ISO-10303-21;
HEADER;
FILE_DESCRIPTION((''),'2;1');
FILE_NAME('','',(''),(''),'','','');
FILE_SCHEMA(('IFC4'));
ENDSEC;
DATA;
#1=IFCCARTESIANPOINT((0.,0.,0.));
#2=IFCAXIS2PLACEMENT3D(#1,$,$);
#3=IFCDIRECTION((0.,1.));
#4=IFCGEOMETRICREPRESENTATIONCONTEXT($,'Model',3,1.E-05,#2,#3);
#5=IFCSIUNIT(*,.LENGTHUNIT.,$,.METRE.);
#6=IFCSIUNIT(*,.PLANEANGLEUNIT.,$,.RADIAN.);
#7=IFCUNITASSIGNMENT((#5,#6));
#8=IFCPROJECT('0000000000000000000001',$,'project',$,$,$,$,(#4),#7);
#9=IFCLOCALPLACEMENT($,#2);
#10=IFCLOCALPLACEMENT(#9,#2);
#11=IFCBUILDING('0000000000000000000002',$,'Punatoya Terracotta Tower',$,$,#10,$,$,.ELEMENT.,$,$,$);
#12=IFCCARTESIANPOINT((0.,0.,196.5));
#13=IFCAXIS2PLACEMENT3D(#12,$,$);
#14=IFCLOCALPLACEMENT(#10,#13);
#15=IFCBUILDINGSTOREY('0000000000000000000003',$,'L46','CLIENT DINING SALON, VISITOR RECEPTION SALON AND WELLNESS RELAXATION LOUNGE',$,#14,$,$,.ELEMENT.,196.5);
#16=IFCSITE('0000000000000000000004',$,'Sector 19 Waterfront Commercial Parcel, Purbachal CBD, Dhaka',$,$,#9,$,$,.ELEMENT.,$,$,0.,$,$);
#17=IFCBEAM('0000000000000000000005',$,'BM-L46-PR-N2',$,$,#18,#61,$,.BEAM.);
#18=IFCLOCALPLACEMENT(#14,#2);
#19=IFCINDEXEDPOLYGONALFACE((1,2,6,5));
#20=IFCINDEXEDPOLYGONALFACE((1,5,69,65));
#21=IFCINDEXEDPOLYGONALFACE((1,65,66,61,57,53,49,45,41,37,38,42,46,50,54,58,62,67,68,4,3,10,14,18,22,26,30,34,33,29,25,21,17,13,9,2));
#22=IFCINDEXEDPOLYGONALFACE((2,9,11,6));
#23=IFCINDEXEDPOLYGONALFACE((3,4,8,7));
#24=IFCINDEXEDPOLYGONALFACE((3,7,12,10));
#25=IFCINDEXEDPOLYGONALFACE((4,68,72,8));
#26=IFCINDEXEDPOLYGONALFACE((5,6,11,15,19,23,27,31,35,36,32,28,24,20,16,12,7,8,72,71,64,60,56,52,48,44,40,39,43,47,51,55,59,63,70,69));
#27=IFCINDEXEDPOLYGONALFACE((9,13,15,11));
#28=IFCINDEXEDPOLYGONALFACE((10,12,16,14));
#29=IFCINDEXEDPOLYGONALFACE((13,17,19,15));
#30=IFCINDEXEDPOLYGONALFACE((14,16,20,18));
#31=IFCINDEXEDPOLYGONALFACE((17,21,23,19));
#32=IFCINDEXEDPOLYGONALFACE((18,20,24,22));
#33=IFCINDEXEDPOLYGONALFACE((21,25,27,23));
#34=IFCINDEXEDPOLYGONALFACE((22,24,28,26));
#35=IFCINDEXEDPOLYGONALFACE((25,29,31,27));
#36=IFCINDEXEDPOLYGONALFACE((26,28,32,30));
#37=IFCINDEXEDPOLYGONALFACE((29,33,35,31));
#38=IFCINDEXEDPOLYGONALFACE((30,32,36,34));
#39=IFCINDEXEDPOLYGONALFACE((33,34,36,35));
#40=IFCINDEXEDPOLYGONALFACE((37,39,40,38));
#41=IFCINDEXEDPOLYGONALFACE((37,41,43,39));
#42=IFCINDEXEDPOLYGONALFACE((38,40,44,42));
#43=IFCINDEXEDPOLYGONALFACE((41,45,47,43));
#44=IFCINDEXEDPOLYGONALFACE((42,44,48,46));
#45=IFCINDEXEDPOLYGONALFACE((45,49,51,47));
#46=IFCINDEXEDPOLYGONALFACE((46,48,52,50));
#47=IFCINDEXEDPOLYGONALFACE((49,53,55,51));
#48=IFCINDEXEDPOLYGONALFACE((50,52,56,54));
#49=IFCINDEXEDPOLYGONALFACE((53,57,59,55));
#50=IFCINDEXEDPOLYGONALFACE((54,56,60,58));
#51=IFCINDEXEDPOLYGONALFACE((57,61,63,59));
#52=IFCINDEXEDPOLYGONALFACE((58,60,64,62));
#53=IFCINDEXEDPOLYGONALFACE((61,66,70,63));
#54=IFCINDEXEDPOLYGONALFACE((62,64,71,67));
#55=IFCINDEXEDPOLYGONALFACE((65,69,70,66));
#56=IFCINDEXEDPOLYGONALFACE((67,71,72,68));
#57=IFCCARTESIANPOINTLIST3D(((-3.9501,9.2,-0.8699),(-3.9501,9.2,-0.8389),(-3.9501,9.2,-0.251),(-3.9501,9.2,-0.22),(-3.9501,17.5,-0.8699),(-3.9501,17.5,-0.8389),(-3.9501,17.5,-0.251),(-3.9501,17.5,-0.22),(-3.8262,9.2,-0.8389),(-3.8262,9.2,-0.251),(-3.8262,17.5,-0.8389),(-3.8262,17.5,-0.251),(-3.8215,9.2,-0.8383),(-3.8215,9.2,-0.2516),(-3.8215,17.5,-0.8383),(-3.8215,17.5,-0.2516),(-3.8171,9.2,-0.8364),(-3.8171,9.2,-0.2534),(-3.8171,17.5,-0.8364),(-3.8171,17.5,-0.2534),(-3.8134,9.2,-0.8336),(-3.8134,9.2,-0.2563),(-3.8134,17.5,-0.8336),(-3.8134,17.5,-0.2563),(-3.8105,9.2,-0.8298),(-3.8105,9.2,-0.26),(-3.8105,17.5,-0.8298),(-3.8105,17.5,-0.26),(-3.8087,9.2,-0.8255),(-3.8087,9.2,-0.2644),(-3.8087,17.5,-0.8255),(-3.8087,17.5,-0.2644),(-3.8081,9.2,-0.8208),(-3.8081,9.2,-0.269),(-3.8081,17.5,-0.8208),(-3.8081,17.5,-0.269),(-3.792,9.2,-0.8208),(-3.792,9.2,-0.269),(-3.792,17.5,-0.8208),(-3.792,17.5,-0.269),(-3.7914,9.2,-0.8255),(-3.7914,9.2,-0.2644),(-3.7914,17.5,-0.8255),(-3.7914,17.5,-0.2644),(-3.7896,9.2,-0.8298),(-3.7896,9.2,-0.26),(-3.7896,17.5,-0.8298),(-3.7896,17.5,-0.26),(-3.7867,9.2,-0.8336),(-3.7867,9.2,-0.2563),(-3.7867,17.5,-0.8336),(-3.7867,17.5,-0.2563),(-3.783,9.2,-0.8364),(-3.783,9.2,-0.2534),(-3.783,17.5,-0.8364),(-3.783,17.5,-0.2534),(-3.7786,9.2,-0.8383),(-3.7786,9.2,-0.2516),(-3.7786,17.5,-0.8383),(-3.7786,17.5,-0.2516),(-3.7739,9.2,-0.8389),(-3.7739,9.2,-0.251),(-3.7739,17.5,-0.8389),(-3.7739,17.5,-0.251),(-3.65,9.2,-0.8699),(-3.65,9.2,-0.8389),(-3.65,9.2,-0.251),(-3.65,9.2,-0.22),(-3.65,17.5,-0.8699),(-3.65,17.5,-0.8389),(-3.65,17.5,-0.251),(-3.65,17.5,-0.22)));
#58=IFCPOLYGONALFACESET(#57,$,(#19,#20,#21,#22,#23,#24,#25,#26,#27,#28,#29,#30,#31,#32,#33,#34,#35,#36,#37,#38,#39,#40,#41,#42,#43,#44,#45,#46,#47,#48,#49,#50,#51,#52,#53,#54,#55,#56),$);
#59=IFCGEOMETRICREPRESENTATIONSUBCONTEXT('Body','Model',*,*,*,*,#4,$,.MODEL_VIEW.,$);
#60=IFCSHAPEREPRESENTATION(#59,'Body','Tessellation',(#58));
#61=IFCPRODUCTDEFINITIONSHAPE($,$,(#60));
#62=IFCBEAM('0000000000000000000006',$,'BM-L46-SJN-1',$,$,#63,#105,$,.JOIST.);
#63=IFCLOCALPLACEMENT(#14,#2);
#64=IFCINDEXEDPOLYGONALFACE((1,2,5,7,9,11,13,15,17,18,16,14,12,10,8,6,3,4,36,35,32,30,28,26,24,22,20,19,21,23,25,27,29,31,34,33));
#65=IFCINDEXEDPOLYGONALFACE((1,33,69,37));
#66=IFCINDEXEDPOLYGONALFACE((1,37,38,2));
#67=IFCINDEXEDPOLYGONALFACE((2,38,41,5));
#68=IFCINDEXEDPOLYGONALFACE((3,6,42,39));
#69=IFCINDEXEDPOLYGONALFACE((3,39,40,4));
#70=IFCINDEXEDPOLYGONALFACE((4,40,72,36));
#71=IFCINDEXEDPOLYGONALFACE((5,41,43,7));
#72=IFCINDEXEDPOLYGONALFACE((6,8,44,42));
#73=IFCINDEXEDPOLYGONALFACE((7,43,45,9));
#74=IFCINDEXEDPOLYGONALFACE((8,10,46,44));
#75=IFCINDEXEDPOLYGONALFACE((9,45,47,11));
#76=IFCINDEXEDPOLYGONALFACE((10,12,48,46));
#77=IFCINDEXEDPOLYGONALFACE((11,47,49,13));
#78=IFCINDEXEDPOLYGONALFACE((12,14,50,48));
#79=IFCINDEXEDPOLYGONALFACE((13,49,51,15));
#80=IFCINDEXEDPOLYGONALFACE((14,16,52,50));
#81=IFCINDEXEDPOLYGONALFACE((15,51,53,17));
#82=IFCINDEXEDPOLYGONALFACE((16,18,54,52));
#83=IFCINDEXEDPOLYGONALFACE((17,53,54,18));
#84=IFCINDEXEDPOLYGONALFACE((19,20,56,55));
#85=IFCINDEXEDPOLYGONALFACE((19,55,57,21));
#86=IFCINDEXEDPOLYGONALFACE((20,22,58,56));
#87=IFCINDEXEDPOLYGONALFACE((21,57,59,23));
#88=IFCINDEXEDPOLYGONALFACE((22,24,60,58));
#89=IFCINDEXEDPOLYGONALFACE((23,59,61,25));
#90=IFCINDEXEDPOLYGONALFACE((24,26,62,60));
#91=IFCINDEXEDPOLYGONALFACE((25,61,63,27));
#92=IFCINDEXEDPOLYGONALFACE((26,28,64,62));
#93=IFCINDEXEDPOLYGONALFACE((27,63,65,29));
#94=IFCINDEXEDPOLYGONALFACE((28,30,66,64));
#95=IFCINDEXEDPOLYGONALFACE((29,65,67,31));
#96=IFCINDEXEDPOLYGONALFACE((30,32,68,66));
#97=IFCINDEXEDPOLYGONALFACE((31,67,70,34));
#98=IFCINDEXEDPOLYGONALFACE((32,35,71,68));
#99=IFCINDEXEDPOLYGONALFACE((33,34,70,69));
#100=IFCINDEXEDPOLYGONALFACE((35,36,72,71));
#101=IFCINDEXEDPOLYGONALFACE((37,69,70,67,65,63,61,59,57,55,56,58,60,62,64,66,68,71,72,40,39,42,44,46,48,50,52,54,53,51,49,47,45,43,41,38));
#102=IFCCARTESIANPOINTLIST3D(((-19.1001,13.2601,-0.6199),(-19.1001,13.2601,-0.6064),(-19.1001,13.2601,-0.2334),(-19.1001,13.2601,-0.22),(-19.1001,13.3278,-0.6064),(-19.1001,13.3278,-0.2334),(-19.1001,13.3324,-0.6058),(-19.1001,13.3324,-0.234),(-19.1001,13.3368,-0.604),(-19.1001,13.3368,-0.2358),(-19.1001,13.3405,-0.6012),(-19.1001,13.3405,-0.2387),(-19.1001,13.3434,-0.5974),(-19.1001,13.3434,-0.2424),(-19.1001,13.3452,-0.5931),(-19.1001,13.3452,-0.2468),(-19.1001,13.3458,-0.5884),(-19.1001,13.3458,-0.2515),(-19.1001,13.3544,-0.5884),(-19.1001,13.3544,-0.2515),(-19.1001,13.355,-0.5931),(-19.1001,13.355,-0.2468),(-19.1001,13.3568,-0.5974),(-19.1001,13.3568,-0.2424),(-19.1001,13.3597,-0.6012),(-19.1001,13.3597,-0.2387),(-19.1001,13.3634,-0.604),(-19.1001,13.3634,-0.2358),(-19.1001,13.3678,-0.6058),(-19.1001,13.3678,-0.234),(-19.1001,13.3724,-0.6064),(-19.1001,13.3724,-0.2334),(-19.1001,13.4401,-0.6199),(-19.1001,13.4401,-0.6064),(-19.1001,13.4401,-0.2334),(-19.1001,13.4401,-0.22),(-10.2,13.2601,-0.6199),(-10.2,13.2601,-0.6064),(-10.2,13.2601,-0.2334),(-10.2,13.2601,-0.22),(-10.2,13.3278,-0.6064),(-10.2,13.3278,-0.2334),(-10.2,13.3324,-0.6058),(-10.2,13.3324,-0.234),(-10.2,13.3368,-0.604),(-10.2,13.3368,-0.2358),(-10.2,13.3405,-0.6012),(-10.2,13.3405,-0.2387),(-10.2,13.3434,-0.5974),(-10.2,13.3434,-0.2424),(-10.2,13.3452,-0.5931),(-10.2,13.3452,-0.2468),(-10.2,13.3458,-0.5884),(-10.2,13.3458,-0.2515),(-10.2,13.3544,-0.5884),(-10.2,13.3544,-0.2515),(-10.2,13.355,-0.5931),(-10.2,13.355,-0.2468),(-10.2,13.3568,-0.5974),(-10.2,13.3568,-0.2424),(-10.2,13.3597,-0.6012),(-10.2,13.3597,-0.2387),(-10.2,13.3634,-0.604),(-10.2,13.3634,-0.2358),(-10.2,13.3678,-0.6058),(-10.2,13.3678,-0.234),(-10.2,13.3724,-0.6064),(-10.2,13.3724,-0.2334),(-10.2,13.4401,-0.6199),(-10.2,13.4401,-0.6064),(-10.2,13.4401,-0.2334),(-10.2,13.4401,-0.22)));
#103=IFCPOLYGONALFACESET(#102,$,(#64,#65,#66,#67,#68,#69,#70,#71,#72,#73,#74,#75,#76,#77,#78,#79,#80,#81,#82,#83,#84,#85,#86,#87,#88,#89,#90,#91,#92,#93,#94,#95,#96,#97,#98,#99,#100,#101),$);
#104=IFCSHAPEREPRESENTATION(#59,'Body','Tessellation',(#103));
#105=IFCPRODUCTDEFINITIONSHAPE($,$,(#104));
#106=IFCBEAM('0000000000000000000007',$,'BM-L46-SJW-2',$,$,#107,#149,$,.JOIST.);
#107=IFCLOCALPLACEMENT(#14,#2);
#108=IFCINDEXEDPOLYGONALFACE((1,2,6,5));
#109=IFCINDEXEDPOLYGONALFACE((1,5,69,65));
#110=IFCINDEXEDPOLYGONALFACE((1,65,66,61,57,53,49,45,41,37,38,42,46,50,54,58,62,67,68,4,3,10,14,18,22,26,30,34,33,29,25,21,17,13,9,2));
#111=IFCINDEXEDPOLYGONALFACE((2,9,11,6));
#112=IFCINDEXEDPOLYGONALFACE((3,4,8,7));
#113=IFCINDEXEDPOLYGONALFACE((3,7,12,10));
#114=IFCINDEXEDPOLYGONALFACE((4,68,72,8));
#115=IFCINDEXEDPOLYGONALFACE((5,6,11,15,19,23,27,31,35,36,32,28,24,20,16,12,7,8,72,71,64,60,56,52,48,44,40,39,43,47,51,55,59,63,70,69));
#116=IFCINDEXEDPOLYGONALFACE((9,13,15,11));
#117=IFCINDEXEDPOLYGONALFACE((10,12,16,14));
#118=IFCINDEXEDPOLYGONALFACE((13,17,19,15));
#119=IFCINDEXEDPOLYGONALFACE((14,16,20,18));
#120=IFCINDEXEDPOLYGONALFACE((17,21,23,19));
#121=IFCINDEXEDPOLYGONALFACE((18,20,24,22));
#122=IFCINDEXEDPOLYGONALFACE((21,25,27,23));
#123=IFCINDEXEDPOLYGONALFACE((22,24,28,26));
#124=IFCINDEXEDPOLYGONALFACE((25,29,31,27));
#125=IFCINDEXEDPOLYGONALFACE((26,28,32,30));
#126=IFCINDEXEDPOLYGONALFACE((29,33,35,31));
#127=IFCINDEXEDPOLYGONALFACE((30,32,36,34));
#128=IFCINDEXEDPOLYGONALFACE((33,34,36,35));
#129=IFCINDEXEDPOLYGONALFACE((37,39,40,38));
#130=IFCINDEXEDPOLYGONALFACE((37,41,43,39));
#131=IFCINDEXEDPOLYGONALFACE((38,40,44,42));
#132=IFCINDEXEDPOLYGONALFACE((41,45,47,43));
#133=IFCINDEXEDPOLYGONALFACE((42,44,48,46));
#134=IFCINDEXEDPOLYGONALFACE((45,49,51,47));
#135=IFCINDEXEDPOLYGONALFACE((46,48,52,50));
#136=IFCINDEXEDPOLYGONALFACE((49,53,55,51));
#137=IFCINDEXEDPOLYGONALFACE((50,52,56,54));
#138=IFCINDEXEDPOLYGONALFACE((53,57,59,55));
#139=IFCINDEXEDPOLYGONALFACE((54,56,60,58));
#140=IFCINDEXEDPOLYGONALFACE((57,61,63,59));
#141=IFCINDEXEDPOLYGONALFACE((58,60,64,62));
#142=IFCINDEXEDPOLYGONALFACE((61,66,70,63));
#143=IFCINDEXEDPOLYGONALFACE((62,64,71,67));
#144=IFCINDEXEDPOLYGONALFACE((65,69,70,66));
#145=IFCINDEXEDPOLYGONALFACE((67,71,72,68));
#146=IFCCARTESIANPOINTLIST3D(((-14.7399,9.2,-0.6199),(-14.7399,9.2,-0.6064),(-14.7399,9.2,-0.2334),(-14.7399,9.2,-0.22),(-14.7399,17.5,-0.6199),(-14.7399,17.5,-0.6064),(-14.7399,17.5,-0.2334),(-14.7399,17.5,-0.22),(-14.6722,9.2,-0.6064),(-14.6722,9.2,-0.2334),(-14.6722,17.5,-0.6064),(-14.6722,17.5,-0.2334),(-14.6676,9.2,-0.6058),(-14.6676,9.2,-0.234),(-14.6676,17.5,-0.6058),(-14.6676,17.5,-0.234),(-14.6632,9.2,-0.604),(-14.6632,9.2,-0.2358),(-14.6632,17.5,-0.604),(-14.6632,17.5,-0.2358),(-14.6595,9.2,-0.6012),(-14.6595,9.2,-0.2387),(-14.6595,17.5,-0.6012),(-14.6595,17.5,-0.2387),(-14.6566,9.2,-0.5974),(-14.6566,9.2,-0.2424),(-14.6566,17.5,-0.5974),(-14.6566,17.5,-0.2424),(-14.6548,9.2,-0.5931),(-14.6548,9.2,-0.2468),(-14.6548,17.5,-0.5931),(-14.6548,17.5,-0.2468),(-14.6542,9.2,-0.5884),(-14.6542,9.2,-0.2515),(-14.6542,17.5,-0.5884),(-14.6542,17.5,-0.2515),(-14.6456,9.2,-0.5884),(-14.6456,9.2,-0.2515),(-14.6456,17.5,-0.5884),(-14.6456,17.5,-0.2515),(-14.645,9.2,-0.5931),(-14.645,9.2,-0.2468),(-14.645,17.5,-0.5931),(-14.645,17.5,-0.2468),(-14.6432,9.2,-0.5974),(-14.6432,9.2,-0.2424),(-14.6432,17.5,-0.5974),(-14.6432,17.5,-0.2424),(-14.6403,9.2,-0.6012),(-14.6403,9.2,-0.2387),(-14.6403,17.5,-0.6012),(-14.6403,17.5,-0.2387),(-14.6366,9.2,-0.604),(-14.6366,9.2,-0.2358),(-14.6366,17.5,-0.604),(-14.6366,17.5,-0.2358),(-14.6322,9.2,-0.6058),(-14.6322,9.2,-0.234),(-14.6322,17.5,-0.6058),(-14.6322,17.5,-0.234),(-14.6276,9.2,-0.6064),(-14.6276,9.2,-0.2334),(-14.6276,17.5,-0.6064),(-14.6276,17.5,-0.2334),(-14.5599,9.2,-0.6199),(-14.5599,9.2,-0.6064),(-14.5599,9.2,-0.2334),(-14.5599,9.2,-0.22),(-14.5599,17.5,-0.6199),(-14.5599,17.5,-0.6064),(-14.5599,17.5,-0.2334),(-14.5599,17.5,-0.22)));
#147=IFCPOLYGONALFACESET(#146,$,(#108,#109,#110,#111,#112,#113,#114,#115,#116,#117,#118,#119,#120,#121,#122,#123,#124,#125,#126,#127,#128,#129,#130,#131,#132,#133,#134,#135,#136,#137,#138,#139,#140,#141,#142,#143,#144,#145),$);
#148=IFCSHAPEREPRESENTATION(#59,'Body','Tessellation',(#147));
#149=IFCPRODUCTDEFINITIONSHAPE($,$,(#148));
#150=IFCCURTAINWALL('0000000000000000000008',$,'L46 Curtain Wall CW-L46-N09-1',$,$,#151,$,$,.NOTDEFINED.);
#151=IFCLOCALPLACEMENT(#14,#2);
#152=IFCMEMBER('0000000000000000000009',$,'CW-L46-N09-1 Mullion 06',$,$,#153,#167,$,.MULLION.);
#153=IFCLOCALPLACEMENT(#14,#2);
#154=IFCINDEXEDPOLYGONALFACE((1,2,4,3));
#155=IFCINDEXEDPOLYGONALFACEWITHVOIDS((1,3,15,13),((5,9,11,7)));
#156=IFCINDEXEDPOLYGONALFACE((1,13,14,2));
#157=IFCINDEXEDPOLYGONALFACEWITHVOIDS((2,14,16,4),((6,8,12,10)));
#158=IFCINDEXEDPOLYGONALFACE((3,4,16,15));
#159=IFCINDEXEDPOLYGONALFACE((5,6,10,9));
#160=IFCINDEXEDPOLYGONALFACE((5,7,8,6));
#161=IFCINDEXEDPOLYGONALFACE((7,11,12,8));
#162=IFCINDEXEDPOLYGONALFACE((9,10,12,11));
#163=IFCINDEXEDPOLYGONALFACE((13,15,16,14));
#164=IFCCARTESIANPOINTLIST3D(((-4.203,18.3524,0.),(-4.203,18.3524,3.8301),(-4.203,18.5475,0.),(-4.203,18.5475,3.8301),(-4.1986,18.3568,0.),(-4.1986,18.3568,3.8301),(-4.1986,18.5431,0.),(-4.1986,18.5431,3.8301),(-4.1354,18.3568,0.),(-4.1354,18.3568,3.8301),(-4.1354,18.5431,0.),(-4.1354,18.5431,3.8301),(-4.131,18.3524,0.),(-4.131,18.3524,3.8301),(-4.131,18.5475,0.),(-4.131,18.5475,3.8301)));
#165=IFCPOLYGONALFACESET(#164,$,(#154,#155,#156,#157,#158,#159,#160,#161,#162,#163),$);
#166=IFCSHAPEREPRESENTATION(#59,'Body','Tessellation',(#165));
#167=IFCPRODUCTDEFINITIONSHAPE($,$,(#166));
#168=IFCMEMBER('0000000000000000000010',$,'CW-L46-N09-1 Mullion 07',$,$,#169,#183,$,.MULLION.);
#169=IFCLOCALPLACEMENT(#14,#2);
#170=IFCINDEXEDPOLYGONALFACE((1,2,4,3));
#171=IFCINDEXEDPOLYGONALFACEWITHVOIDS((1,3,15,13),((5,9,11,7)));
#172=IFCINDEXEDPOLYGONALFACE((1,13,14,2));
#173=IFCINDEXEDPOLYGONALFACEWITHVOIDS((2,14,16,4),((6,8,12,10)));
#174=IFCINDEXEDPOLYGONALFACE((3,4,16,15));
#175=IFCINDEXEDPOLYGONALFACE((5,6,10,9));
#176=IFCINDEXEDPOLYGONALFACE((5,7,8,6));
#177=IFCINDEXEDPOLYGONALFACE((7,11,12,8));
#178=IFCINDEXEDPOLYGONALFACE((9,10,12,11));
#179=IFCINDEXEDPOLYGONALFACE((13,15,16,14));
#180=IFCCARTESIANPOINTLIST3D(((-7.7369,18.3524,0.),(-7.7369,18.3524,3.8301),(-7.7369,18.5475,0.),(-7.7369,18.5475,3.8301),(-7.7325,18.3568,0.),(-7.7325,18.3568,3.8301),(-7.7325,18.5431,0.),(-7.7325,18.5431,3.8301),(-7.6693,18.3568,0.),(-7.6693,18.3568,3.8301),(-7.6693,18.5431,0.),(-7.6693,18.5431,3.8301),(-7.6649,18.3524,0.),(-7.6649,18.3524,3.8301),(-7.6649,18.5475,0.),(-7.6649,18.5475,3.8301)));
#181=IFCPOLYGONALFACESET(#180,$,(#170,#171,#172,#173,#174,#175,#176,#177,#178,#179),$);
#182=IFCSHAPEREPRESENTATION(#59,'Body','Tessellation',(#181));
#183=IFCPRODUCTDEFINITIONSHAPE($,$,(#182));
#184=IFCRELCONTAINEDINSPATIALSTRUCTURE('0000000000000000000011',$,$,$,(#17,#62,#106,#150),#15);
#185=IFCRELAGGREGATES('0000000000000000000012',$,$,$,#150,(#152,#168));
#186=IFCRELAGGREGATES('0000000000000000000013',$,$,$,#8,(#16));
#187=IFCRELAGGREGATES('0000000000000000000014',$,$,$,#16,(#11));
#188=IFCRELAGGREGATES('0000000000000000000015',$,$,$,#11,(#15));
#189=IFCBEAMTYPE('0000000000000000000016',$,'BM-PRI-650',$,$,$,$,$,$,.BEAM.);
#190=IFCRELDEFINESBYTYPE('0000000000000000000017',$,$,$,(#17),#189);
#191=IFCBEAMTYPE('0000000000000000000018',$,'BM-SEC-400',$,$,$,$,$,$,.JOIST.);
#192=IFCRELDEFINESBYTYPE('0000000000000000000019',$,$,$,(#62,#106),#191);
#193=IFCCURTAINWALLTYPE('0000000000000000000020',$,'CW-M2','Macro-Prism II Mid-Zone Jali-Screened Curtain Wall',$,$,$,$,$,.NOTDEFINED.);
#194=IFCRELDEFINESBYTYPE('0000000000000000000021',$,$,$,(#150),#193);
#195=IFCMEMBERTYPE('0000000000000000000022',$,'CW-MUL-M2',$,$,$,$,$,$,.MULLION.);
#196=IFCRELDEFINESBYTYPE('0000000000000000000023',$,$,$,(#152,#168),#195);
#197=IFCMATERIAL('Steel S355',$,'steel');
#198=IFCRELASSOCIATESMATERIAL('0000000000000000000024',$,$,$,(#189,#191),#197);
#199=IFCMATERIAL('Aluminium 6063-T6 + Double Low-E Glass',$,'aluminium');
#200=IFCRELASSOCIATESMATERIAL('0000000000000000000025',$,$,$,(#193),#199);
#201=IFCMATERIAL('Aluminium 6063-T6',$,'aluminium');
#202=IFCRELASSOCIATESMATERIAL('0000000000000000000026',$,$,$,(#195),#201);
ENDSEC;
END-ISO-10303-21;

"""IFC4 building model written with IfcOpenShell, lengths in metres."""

from ifc_helpers import new_model, si_unit, direction, frame, origin, origin_2d, place, context, subcontext, project, spatial, hollow_rectangle, i_section, extrude, material, material_profile, profile_set, type_object, element, aggregate, save


model = new_model("IFC4")

# Units and contexts
model_context = context("Model", 3, precision=1e-05, world=origin(), true_north=direction((0.0, 1.0)))
body_context = subcontext(model_context, "Body", "Model", "MODEL_VIEW")
ifc_project = project(units=[si_unit("LENGTHUNIT", "METRE"), si_unit("PLANEANGLEUNIT", "RADIAN")], contexts=[model_context])

# Site, building, storey
site_placement = place(None, origin())
site = spatial("IfcSite", under=ifc_project, at=site_placement, Name="Sector 19 Waterfront Commercial Parcel, Purbachal CBD, Dhaka", CompositionType="ELEMENT", RefElevation=0.0)
building_placement = place(site_placement, origin())
building = spatial("IfcBuilding", under=site, at=building_placement, Name="Punatoya Terracotta Tower", CompositionType="ELEMENT")
storey_placement = place(building_placement, frame((0.0, 0.0, 196.5)))
storey = spatial("IfcBuildingStorey", under=building, at=storey_placement, Name="L46", Description="CLIENT DINING SALON, VISITOR RECEPTION SALON AND WELLNESS RELAXATION LOUNGE", CompositionType="ELEMENT", Elevation=196.5)

# Beams
ifc_material_1 = material(Name="Steel S355", Category="steel")
ifc_material_profile_1 = material_profile(ifc_material_1, i_section(OverallWidth=0.3, OverallDepth=0.6499, WebThickness=0.0161, FlangeThickness=0.031, FilletRadius=0.0181, at=origin_2d()))
ifc_profile_set_1 = profile_set([ifc_material_profile_1], Name="Steel S355")
beam_type_1 = type_object("IfcBeamType", Name="BM-PRI-650", PredefinedType="BEAM", material=ifc_profile_set_1)
for number, where, z_axis, x_axis, name in (
    (1, (-3.8, 9.2, -0.5449), (0.0, 1.0, 0.0), (-1.0, 0.0, 0.0), "BM-L46-PR-N2"),
):
    element("IfcBeam", number, at=place(storey_placement, frame(where, z_axis=z_axis, x_axis=x_axis)), inside=storey, type_object=beam_type_1, Name=name, PredefinedType="BEAM", context=body_context, shape_type="SweptSolid", body=[
        extrude(i_section(OverallWidth=0.3, OverallDepth=0.6499, WebThickness=0.0161, FlangeThickness=0.031, FilletRadius=0.0181, at=origin_2d()), origin(), (0.0, 0.0, 1.0), 8.3),
    ])
ifc_material_profile_2 = material_profile(ifc_material_1, i_section(OverallWidth=0.1799, OverallDepth=0.3999, WebThickness=0.0085, FlangeThickness=0.0134, FilletRadius=0.0181, at=origin_2d()))
ifc_profile_set_2 = profile_set([ifc_material_profile_2], Name="Steel S355")
beam_type_2 = type_object("IfcBeamType", Name="BM-SEC-400", PredefinedType="JOIST", material=ifc_profile_set_2)
beam_1_placement = place(storey_placement, frame((-19.1001, 13.3501, -0.4199), z_axis=(1.0, 0.0, 0.0), x_axis=(0.0, 1.0, 0.0)))
element("IfcBeam", 2, at=beam_1_placement, inside=storey, type_object=beam_type_2, Name="BM-L46-SJN-1", PredefinedType="JOIST", context=body_context, shape_type="SweptSolid", body=[
    extrude(i_section(OverallWidth=0.1799, OverallDepth=0.3999, WebThickness=0.0085, FlangeThickness=0.0134, FilletRadius=0.0181, at=origin_2d()), origin(), (0.0, 0.0, 1.0), 8.9001),
])
beam_2_placement = place(storey_placement, frame((-14.6499, 9.2, -0.4199), z_axis=(0.0, 1.0, 0.0), x_axis=(-1.0, 0.0, 0.0)))
element("IfcBeam", 3, at=beam_2_placement, inside=storey, type_object=beam_type_2, Name="BM-L46-SJW-2", PredefinedType="JOIST", context=body_context, shape_type="SweptSolid", body=[
    extrude(i_section(OverallWidth=0.1799, OverallDepth=0.3999, WebThickness=0.0085, FlangeThickness=0.0134, FilletRadius=0.0181, at=origin_2d()), origin(), (0.0, 0.0, 1.0), 8.3),
])

# Curtain wall, members
ifc_material_2 = material(Name="Aluminium 6063-T6 + Double Low-E Glass", Category="aluminium")
curtain_wall_type = type_object("IfcCurtainWallType", Name="CW-M2", Description="Macro-Prism II Mid-Zone Jali-Screened Curtain Wall", PredefinedType="NOTDEFINED", material=ifc_material_2)
curtain_wall_placement = place(storey_placement, origin())
curtain_wall = element("IfcCurtainWall", 4, at=curtain_wall_placement, inside=storey, type_object=curtain_wall_type, Name="L46 Curtain Wall CW-L46-N09-1", PredefinedType="NOTDEFINED")
ifc_material_3 = material(Name="Aluminium 6063-T6", Category="aluminium")
ifc_material_profile_3 = material_profile(ifc_material_3, hollow_rectangle(XDim=0.072, YDim=0.1951, WallThickness=0.0044, at=origin_2d()))
ifc_profile_set_3 = profile_set([ifc_material_profile_3], Name="Aluminium 6063-T6")
member_type = type_object("IfcMemberType", Name="CW-MUL-M2", PredefinedType="MULLION", material=ifc_profile_set_3)
member_1_placement = place(storey_placement, frame((-4.167, 18.45, 0.0), z_axis=(0.0, 0.0, 1.0), x_axis=(1.0, 0.0, 0.0)))
member_1 = element("IfcMember", 5, at=member_1_placement, type_object=member_type, Name="CW-L46-N09-1 Mullion 06", PredefinedType="MULLION", context=body_context, shape_type="SweptSolid", body=[
    extrude(hollow_rectangle(XDim=0.072, YDim=0.1951, WallThickness=0.0044, at=origin_2d()), origin(), (0.0, 0.0, 1.0), 3.8301),
])
member_2_placement = place(storey_placement, frame((-7.7009, 18.45, 0.0), z_axis=(0.0, 0.0, 1.0), x_axis=(1.0, 0.0, 0.0)))
member_2 = element("IfcMember", 6, at=member_2_placement, type_object=member_type, Name="CW-L46-N09-1 Mullion 07", PredefinedType="MULLION", context=body_context, shape_type="SweptSolid", body=[
    extrude(hollow_rectangle(XDim=0.072, YDim=0.1951, WallThickness=0.0044, at=origin_2d()), origin(), (0.0, 0.0, 1.0), 3.8301),
])
aggregate(curtain_wall, [member_1, member_2])

save(model, "model.ifc")
